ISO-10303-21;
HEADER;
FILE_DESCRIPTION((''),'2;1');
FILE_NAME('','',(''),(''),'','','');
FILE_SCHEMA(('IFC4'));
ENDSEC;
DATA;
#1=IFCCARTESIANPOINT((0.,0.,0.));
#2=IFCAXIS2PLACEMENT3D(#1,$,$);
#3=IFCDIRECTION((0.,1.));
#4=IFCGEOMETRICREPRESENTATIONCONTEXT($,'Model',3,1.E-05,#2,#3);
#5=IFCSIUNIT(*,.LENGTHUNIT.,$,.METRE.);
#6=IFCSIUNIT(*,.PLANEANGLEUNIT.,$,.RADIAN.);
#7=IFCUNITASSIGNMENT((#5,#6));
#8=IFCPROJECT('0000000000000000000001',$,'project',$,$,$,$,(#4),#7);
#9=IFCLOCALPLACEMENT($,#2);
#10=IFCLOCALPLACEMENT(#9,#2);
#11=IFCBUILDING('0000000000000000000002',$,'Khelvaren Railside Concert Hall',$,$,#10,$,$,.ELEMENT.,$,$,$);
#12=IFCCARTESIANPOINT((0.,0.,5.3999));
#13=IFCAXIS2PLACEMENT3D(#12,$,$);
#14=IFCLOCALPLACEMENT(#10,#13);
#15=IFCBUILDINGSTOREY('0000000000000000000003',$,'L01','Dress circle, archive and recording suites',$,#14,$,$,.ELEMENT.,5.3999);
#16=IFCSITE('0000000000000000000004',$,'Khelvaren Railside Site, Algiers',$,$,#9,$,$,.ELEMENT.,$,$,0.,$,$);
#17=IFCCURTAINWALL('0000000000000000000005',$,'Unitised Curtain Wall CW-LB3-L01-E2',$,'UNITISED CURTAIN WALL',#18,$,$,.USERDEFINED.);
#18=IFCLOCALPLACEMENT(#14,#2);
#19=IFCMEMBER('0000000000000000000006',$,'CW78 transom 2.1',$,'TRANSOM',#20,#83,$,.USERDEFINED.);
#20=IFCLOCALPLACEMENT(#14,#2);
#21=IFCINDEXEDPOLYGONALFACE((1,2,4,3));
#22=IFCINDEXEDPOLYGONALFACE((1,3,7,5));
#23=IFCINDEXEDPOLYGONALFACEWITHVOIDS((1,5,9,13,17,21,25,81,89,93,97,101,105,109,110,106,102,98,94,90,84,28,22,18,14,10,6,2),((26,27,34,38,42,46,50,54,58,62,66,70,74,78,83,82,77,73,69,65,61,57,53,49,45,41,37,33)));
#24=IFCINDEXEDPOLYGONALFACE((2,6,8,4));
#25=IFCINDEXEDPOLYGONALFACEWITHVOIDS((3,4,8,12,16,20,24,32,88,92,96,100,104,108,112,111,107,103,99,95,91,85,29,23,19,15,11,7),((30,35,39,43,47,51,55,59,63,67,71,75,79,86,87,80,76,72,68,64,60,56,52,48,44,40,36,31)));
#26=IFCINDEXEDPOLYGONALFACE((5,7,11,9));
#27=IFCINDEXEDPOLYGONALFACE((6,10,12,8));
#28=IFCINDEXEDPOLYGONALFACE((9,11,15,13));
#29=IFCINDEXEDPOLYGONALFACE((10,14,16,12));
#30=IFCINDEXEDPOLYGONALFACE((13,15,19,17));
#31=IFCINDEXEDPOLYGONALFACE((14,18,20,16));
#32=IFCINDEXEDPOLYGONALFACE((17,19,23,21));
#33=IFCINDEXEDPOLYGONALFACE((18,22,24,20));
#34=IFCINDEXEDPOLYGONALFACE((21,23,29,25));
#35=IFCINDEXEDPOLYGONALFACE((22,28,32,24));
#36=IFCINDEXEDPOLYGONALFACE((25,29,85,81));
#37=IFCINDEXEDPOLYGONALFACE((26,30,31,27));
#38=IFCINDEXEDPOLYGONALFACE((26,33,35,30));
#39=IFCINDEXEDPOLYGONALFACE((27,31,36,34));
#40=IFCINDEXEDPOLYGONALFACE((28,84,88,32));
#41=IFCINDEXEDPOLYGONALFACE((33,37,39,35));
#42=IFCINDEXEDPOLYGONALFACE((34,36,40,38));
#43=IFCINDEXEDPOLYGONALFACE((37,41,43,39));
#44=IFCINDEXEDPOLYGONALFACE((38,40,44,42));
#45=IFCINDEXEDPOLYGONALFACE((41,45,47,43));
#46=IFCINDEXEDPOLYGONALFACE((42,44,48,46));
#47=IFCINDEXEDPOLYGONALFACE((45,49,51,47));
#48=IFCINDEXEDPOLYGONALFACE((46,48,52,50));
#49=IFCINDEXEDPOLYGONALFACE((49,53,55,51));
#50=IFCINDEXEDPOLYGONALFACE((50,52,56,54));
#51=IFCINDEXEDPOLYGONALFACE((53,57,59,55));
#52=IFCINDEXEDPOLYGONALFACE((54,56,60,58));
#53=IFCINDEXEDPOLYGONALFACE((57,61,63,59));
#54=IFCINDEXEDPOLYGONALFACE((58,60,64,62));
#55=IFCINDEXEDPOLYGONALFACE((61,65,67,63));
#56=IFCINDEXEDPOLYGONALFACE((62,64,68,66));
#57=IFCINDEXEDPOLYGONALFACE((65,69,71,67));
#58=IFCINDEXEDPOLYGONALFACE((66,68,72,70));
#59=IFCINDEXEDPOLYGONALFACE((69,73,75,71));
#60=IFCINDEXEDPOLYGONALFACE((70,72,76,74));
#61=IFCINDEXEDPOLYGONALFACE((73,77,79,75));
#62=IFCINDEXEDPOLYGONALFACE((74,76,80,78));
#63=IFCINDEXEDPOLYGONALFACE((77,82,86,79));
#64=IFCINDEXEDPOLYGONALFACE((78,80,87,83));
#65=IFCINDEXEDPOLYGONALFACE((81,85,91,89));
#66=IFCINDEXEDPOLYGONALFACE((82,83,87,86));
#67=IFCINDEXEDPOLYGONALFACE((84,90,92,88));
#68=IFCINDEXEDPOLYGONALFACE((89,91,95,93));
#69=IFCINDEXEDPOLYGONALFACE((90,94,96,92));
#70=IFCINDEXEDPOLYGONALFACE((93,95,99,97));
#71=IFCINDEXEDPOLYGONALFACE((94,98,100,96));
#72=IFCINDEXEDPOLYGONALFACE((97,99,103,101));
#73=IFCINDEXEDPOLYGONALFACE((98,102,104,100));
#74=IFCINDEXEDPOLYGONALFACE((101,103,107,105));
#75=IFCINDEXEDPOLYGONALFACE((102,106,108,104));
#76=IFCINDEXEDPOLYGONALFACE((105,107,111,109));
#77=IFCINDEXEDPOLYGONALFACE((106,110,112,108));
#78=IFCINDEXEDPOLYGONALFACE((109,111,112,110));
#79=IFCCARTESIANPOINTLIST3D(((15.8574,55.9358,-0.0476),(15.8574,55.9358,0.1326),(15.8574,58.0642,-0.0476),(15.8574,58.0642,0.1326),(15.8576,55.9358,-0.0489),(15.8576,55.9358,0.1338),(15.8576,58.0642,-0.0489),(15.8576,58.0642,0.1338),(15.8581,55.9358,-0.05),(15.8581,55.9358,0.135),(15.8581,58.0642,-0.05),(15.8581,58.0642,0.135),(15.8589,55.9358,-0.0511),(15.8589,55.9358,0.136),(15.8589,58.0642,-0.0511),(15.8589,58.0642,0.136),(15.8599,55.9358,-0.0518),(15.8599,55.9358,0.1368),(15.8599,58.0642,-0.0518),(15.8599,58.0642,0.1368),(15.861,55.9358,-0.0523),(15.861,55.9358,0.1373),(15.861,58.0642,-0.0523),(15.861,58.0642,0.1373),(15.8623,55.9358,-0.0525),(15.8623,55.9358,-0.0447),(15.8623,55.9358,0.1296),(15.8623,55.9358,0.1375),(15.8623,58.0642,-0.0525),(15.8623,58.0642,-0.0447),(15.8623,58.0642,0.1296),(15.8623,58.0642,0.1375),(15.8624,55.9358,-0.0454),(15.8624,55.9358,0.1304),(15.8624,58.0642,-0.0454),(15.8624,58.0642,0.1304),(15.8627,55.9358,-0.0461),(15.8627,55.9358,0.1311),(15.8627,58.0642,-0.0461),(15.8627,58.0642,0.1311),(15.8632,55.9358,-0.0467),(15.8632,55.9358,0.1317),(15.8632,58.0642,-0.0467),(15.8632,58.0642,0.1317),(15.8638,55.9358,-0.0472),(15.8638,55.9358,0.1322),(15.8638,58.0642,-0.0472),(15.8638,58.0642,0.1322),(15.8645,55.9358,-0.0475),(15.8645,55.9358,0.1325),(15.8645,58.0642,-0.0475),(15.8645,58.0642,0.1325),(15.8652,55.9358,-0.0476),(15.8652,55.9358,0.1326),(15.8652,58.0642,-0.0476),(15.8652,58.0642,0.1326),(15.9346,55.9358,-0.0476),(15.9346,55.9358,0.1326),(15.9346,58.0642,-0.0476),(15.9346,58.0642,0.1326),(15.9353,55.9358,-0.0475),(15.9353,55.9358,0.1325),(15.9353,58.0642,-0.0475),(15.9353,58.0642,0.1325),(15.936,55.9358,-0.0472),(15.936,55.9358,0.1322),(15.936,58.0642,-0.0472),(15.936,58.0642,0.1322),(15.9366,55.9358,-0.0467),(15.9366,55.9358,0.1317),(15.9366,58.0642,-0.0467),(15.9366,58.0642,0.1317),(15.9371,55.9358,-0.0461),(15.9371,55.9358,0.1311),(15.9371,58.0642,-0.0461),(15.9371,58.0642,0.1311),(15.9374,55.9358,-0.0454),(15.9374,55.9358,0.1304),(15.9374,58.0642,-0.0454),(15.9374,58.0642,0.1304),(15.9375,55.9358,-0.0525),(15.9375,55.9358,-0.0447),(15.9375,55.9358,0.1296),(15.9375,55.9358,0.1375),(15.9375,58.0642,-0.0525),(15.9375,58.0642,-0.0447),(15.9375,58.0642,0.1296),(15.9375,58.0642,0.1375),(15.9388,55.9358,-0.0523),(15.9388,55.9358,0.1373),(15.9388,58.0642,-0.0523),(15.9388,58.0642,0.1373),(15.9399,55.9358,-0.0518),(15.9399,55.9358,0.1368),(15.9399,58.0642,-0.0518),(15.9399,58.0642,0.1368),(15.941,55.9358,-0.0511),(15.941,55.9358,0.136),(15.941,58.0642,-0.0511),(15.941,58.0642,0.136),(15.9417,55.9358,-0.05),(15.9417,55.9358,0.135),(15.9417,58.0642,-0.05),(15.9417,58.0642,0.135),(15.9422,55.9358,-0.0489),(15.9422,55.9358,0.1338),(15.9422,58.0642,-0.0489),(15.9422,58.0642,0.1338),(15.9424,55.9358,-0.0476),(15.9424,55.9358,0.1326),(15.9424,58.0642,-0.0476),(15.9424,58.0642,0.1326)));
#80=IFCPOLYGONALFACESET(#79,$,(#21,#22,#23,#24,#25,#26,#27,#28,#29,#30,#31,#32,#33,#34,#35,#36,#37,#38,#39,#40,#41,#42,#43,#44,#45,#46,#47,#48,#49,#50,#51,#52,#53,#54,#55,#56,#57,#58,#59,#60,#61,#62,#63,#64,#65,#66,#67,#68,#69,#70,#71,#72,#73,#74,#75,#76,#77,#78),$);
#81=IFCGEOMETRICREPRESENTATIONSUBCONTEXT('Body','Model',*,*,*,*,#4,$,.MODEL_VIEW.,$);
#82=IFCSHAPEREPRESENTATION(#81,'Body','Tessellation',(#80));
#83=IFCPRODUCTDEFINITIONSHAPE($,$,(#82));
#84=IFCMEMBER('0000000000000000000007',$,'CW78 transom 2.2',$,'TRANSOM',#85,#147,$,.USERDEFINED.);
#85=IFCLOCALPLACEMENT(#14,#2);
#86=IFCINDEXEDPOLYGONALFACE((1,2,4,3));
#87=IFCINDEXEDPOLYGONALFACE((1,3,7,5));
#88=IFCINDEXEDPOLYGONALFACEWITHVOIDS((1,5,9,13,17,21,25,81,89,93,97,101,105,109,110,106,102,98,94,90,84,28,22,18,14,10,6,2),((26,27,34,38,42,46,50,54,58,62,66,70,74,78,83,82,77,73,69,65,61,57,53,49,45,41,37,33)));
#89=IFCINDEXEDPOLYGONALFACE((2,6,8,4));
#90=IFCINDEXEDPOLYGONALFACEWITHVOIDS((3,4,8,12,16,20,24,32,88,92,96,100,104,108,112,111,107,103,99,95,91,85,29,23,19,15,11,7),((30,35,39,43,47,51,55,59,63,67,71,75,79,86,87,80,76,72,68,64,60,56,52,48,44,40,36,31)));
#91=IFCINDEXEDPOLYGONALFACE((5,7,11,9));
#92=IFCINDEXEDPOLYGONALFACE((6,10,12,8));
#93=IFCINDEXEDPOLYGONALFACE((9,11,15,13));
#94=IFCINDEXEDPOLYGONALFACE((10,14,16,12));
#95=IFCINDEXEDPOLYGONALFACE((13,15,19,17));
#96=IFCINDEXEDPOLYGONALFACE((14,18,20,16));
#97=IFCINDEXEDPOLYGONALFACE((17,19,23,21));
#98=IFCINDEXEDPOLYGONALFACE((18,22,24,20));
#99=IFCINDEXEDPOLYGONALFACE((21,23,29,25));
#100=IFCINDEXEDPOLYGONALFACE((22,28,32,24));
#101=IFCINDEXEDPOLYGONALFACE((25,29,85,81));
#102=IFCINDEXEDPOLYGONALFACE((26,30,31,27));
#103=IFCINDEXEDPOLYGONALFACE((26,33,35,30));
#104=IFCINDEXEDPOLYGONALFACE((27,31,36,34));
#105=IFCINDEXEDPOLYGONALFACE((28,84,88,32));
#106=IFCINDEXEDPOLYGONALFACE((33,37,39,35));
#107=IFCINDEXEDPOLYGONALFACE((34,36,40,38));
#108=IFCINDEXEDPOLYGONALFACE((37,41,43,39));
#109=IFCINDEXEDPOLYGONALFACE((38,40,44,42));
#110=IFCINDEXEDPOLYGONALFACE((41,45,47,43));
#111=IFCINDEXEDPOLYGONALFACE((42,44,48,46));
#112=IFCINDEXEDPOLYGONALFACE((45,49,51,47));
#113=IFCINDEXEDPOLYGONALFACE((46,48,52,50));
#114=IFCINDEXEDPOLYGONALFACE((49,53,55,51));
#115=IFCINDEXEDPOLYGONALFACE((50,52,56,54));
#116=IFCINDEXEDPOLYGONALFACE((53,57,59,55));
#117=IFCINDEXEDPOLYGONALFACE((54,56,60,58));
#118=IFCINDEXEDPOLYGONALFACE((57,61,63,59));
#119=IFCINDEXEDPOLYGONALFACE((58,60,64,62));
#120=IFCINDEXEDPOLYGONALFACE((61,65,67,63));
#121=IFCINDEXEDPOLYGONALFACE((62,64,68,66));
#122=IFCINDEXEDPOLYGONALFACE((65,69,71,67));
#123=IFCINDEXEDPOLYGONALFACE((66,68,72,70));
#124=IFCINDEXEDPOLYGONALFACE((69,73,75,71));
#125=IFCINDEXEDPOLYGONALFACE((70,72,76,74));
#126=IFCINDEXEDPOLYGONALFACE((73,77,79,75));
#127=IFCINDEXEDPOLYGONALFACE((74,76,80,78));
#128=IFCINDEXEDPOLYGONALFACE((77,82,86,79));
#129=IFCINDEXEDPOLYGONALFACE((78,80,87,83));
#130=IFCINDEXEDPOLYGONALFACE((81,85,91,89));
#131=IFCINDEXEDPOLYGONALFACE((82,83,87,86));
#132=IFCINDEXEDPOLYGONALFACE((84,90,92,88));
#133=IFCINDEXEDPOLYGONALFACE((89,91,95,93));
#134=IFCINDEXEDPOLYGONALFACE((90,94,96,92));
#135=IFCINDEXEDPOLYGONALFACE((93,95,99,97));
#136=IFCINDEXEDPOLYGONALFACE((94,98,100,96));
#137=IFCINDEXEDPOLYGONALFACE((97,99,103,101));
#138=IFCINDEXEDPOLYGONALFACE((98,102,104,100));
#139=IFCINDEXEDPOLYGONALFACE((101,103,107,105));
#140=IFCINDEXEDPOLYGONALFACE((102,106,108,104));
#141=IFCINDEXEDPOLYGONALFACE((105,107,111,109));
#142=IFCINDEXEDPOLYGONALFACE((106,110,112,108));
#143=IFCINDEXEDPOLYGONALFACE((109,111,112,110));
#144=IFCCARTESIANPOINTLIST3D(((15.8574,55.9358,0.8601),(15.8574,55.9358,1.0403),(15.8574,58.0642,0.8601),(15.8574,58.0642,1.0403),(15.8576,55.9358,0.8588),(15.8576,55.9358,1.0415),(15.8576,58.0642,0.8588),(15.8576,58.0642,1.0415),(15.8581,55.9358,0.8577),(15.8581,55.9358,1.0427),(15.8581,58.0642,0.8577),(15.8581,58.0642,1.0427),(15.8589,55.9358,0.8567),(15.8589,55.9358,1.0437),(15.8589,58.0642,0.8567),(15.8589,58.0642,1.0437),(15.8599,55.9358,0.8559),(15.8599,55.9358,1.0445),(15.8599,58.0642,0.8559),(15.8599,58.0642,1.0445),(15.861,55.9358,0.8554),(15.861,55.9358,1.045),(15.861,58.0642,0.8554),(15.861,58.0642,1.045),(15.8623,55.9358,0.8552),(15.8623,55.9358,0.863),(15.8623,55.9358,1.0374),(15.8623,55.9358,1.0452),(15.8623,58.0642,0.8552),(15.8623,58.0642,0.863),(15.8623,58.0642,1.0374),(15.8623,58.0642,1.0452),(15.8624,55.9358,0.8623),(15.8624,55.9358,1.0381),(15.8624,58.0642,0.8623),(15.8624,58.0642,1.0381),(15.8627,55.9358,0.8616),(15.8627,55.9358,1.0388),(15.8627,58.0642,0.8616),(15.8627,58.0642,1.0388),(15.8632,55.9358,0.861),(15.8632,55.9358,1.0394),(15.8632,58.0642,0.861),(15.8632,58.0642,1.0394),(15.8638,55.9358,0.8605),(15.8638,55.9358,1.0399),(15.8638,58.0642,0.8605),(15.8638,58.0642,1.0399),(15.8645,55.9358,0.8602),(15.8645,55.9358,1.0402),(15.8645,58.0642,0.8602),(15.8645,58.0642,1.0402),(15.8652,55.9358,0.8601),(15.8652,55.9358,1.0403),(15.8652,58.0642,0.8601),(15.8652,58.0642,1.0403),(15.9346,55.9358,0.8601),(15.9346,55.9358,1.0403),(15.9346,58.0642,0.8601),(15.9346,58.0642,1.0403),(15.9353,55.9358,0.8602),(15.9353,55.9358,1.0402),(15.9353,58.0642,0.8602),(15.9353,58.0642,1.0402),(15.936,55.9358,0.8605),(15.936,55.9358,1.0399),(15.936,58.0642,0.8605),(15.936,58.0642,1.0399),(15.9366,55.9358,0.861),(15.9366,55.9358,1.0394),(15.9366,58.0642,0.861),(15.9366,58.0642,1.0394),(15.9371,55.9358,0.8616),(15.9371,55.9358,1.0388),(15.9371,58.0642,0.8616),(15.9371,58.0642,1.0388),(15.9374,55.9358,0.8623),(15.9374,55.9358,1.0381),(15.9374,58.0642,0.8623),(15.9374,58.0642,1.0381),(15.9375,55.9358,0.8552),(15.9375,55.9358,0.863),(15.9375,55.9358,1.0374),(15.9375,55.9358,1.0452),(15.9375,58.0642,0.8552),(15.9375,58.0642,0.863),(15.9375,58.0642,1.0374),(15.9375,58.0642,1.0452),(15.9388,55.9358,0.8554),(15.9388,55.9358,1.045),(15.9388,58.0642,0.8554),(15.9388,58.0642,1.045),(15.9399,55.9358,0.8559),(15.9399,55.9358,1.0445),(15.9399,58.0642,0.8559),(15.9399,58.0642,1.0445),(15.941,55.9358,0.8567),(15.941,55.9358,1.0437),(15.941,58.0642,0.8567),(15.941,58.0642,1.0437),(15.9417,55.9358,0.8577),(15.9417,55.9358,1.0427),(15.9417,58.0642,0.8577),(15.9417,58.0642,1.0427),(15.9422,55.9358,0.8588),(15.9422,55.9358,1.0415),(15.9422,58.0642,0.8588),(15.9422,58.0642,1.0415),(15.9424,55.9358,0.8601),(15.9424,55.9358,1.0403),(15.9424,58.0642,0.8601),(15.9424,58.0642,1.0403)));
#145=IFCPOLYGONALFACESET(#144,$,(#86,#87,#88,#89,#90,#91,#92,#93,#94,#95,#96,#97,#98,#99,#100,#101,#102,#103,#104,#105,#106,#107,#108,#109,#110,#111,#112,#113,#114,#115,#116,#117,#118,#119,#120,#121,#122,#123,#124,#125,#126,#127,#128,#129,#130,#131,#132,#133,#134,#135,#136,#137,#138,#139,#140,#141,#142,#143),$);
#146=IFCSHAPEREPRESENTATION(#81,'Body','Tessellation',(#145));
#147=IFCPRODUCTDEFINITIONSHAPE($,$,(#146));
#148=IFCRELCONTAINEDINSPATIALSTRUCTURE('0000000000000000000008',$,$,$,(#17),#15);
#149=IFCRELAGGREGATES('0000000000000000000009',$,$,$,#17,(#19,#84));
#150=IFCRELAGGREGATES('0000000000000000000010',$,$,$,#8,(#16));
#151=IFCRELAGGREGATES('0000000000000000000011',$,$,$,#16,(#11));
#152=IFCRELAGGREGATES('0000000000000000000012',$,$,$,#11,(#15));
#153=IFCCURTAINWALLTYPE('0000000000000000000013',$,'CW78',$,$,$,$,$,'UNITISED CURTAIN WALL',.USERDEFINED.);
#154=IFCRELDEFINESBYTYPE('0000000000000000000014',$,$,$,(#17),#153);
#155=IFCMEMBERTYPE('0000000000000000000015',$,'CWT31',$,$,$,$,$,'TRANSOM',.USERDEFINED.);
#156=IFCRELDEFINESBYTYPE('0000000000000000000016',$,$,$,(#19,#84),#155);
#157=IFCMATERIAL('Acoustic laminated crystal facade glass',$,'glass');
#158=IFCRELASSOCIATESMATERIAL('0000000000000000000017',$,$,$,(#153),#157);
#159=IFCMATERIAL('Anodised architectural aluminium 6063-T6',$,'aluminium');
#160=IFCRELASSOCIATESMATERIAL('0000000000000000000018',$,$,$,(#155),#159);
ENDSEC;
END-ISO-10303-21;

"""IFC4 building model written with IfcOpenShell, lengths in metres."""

from ifc_helpers import new_model, si_unit, direction, frame, origin, origin_2d, place, context, subcontext, project, spatial, hollow_rectangle, extrude, material, material_profile, profile_set, type_object, element, aggregate, save


model = new_model("IFC4")

# Units and contexts
model_context = context("Model", 3, precision=1e-05, world=origin(), true_north=direction((0.0, 1.0)))
body_context = subcontext(model_context, "Body", "Model", "MODEL_VIEW")
ifc_project = project(units=[si_unit("LENGTHUNIT", "METRE"), si_unit("PLANEANGLEUNIT", "RADIAN")], contexts=[model_context])

# Site, building, storey
site_placement = place(None, origin())
site = spatial("IfcSite", under=ifc_project, at=site_placement, Name="Khelvaren Railside Site, Algiers", CompositionType="ELEMENT", RefElevation=0.0)
building_placement = place(site_placement, origin())
building = spatial("IfcBuilding", under=site, at=building_placement, Name="Khelvaren Railside Concert Hall", CompositionType="ELEMENT")
storey_placement = place(building_placement, frame((0.0, 0.0, 5.3999)))
storey = spatial("IfcBuildingStorey", under=building, at=storey_placement, Name="L01", Description="Dress circle, archive and recording suites", CompositionType="ELEMENT", Elevation=5.3999)

# Curtain wall
ifc_material_1 = material(Name="Acoustic laminated crystal facade glass", Category="glass")
curtain_wall_type = type_object("IfcCurtainWallType", Name="CW78", ElementType="UNITISED CURTAIN WALL", PredefinedType="USERDEFINED", material=ifc_material_1)
curtain_wall_1_placement = place(storey_placement, origin())
curtain_wall_1 = element("IfcCurtainWall", 1, at=curtain_wall_1_placement, inside=storey, type_object=curtain_wall_type, Name="Unitised Curtain Wall CW-LB3-L01-E2", ObjectType="UNITISED CURTAIN WALL", PredefinedType="USERDEFINED")
ifc_material_2 = material(Name="Anodised architectural aluminium 6063-T6", Category="aluminium")

# Members
ifc_material_profile_1 = material_profile(ifc_material_2, hollow_rectangle(XDim=0.085, YDim=0.1899, WallThickness=0.0049, InnerFilletRadius=0.0029, OuterFilletRadius=0.0049, at=origin_2d()), Name="CWT 85x190x5")
ifc_profile_set_1 = profile_set([ifc_material_profile_1], Name="Anodised architectural aluminium 6063-T6")
member_type_1 = type_object("IfcMemberType", Name="CWT31", ElementType="TRANSOM", PredefinedType="USERDEFINED", material=ifc_profile_set_1)
member_1_placement = place(storey_placement, frame((15.8999, 58.0642, 0.0425), z_axis=(0.0, -1.0, 0.0), x_axis=(1.0, 0.0, 0.0)))
member_1 = element("IfcMember", 2, at=member_1_placement, type_object=member_type_1, Name="CW78 transom 2.1", ObjectType="TRANSOM", PredefinedType="USERDEFINED", context=body_context, shape_type="SweptSolid", body=[
    extrude(hollow_rectangle(XDim=0.085, YDim=0.1899, WallThickness=0.0049, InnerFilletRadius=0.0029, OuterFilletRadius=0.0049, at=origin_2d()), origin(), (0.0, 0.0, 1.0), 2.1284),
])
member_2_placement = place(storey_placement, frame((15.8999, 58.0642, 0.9502), z_axis=(0.0, -1.0, 0.0), x_axis=(1.0, 0.0, 0.0)))
member_2 = element("IfcMember", 3, at=member_2_placement, type_object=member_type_1, Name="CW78 transom 2.2", ObjectType="TRANSOM", PredefinedType="USERDEFINED", context=body_context, shape_type="SweptSolid", body=[
    extrude(hollow_rectangle(XDim=0.085, YDim=0.1899, WallThickness=0.0049, InnerFilletRadius=0.0029, OuterFilletRadius=0.0049, at=origin_2d()), origin(), (0.0, 0.0, 1.0), 2.1284),
])

aggregate(curtain_wall_1, [member_1, member_2])

save(model, "model.ifc")
